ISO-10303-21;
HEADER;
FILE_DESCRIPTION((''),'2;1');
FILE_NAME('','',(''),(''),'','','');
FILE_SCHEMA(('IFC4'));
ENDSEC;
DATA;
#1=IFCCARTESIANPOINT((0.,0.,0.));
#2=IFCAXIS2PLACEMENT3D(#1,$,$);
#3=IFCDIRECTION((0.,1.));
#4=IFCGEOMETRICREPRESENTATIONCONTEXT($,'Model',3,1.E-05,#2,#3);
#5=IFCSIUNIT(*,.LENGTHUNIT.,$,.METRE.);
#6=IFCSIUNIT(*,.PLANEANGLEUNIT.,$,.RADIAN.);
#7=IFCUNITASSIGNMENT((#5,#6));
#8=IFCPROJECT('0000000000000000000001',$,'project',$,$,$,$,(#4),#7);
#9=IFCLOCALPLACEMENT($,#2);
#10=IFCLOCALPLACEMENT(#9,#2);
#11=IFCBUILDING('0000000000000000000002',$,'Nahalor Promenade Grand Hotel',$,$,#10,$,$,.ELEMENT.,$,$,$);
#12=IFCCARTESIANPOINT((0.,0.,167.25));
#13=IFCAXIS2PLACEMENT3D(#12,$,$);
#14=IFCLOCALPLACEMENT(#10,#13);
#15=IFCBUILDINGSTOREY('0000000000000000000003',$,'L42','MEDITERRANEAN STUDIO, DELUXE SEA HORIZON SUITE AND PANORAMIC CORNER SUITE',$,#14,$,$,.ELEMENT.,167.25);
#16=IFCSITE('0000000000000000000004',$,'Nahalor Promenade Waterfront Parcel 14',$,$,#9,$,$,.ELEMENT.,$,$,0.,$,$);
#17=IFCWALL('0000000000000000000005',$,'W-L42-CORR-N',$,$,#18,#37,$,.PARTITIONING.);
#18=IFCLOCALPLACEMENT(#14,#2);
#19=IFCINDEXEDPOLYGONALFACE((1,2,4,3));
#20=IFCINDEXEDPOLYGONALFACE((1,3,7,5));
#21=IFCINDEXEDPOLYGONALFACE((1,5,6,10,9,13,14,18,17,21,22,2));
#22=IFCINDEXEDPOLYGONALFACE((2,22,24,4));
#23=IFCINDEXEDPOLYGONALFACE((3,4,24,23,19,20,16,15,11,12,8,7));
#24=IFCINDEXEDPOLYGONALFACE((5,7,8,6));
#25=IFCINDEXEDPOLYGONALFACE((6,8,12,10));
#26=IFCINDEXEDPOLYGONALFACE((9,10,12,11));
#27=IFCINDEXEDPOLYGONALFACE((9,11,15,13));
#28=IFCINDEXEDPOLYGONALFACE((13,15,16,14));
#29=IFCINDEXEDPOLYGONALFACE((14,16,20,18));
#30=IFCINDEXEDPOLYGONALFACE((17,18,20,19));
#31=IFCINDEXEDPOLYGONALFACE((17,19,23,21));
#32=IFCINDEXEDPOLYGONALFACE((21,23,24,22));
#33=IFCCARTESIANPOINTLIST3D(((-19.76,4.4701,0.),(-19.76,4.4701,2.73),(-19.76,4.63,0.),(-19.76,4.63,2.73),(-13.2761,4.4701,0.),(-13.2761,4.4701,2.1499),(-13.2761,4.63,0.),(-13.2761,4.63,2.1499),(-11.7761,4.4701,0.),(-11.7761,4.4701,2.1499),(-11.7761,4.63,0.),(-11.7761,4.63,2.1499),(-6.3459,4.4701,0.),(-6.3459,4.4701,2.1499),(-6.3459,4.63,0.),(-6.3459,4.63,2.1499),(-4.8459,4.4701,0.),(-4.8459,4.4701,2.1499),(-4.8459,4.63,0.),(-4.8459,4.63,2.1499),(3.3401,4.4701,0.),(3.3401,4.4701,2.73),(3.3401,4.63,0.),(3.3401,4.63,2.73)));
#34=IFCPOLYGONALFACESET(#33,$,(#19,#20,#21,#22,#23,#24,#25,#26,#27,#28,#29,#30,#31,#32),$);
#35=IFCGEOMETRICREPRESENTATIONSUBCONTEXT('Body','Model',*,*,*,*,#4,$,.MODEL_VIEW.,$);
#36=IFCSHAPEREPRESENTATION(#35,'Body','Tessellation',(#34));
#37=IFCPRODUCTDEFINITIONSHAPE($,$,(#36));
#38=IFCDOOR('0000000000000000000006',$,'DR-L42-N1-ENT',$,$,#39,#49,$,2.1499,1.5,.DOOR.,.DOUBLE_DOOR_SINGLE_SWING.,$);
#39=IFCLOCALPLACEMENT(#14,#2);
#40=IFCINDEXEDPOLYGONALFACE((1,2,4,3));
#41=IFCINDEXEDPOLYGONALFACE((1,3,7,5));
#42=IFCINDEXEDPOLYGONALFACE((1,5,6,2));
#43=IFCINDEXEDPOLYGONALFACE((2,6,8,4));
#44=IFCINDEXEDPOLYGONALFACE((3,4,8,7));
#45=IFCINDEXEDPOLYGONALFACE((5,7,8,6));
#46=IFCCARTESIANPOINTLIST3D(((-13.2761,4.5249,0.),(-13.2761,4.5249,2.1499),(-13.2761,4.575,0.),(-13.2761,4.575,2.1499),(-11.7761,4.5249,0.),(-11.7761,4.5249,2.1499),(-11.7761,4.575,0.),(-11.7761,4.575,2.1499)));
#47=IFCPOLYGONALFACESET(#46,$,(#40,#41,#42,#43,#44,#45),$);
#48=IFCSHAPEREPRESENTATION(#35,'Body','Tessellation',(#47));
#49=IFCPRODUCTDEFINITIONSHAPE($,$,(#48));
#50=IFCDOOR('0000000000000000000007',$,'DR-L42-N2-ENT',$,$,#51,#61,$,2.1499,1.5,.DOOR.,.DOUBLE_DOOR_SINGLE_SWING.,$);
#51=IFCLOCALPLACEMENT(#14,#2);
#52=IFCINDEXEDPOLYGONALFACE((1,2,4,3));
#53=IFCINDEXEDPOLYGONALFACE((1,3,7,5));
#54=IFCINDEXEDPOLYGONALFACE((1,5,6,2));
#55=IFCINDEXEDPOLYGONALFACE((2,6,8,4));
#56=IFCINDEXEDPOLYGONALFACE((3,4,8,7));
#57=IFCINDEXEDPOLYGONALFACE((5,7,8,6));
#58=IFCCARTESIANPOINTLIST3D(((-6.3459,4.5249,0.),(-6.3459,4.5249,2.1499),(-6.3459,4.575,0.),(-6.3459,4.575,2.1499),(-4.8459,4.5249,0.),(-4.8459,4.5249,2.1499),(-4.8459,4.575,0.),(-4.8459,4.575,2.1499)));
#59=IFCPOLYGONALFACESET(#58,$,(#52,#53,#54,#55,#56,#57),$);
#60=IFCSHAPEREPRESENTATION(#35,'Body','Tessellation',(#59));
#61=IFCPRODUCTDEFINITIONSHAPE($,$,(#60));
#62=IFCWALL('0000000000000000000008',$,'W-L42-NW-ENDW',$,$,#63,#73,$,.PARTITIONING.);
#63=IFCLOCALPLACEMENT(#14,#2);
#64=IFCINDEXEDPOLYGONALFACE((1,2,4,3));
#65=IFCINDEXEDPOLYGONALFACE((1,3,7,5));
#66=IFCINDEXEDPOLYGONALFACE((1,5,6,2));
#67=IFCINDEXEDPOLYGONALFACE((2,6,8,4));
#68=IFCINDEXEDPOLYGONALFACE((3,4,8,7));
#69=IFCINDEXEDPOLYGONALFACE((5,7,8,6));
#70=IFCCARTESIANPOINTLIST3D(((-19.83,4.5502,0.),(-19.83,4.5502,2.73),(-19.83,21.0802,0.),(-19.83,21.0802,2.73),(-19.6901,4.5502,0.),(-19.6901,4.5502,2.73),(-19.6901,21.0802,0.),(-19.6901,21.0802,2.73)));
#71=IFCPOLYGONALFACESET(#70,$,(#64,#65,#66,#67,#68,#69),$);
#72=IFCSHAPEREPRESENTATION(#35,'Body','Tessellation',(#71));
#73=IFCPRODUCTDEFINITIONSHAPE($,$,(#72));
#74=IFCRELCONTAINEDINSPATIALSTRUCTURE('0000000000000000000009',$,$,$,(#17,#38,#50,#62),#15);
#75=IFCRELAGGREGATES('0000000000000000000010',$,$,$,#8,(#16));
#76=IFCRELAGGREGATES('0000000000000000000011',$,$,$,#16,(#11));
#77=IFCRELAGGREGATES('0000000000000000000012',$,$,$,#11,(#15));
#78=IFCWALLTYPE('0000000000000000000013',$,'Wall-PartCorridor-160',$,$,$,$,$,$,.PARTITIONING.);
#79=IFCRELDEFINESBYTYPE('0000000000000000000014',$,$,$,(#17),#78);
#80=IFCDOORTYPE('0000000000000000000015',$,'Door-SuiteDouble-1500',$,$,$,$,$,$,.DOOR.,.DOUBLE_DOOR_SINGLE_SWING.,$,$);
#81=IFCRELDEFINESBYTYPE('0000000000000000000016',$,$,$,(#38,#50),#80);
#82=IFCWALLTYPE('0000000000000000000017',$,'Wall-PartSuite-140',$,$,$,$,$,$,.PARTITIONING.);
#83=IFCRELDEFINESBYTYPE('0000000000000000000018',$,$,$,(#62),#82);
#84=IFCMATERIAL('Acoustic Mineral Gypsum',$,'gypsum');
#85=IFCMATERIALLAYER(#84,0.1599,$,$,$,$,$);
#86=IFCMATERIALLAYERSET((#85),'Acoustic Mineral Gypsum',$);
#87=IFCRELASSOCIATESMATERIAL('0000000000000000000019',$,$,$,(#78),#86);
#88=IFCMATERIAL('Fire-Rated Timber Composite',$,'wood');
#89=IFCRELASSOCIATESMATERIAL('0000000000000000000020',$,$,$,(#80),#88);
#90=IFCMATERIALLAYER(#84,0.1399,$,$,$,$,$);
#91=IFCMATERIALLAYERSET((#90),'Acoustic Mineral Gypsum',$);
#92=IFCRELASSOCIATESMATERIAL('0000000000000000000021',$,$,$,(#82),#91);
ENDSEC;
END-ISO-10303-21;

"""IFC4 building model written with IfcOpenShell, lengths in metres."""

from ifc_helpers import new_model, si_unit, direction, frame, frame_2d, origin, place, context, subcontext, project, spatial, rectangle, extrude, source, transform, mapped, material, layer, layer_set, type_object, element, fill, save


model = new_model("IFC4")

# Units and contexts
model_context = context("Model", 3, precision=1e-05, world=origin(), true_north=direction((0.0, 1.0)))
body_context = subcontext(model_context, "Body", "Model", "MODEL_VIEW")
ifc_project = project(units=[si_unit("LENGTHUNIT", "METRE"), si_unit("PLANEANGLEUNIT", "RADIAN")], contexts=[model_context])

# Site, building, storey
site_placement = place(None, origin())
site = spatial("IfcSite", under=ifc_project, at=site_placement, Name="Nahalor Promenade Waterfront Parcel 14", CompositionType="ELEMENT", RefElevation=0.0)
building_placement = place(site_placement, origin())
building = spatial("IfcBuilding", under=site, at=building_placement, Name="Nahalor Promenade Grand Hotel", CompositionType="ELEMENT")
storey_placement = place(building_placement, frame((0.0, 0.0, 167.25)))
storey = spatial("IfcBuildingStorey", under=building, at=storey_placement, Name="L42", Description="MEDITERRANEAN STUDIO, DELUXE SEA HORIZON SUITE AND PANORAMIC CORNER SUITE", CompositionType="ELEMENT", Elevation=167.25)

# Wall, openings, doors
ifc_material_1 = material(Name="Acoustic Mineral Gypsum", Category="gypsum")
ifc_layer_1 = layer(ifc_material_1, 0.1599)
ifc_layer_set_1 = layer_set([ifc_layer_1], Name="Acoustic Mineral Gypsum")
wall_type_1 = type_object("IfcWallType", Name="Wall-PartCorridor-160", PredefinedType="PARTITIONING", material=ifc_layer_set_1)
shared_shape_1 = source(origin(), body_context, "Body", "SweptSolid", [
    extrude(rectangle(XDim=23.1001, YDim=0.1599, at=frame_2d((11.55, 0.0))), origin(), (0.0, 0.0, 1.0), 2.73),
])
wall_1_placement = place(storey_placement, frame((-19.76, 4.55, 0.0), z_axis=(0.0, 0.0, 1.0), x_axis=(1.0, 0.0, 0.0)))
wall_1 = element("IfcWall", 1, at=wall_1_placement, inside=storey, type_object=wall_type_1, Name="W-L42-CORR-N", PredefinedType="PARTITIONING", context=body_context, shape_type="MappedRepresentation", body=[
    mapped(shared_shape_1, transform((0.0, 0.0, 0.0), scale=1.0)),
])
opening_1_placement = place(wall_1_placement, frame((6.4839, 0.0, 0.0)))
opening_1 = element("IfcOpeningElement", 2, at=opening_1_placement, cuts=wall_1, PredefinedType="OPENING", context=body_context, shape_type="SweptSolid", body=[
    extrude(rectangle(XDim=1.5, YDim=2.1499, at=frame_2d((0.75, 1.075))), frame((0.0, 0.0898, 0.0), z_axis=(0.0, -1.0, 0.0), x_axis=(1.0, 0.0, 0.0)), (0.0, 0.0, 1.0), 0.1799),
])
opening_2_placement = place(wall_1_placement, frame((13.4141, 0.0, 0.0)))
opening_2 = element("IfcOpeningElement", 3, at=opening_2_placement, cuts=wall_1, PredefinedType="OPENING", context=body_context, shape_type="SweptSolid", body=[
    extrude(rectangle(XDim=1.5, YDim=2.1499, at=frame_2d((0.75, 1.075))), frame((0.0, 0.0898, 0.0), z_axis=(0.0, -1.0, 0.0), x_axis=(1.0, 0.0, 0.0)), (0.0, 0.0, 1.0), 0.1799),
])
ifc_material_2 = material(Name="Fire-Rated Timber Composite", Category="wood")
door_type_1 = type_object("IfcDoorType", Name="Door-SuiteDouble-1500", OperationType="DOUBLE_DOOR_SINGLE_SWING", PredefinedType="DOOR", material=ifc_material_2)
shared_shape_2 = source(origin(), body_context, "Body", "SweptSolid", [
    extrude(rectangle(XDim=1.5, YDim=2.1499, at=frame_2d((0.75, 1.075))), frame((0.0, 0.0249, 0.0), z_axis=(0.0, -1.0, 0.0), x_axis=(1.0, 0.0, 0.0)), (0.0, 0.0, 1.0), 0.05),
])
door_1_placement = place(opening_1_placement, origin())
door_1 = element("IfcDoor", 4, at=door_1_placement, inside=storey, type_object=door_type_1, Name="DR-L42-N1-ENT", OperationType="DOUBLE_DOOR_SINGLE_SWING", OverallHeight=2.1499, OverallWidth=1.5, PredefinedType="DOOR", context=body_context, shape_type="MappedRepresentation", body=[
    mapped(shared_shape_2, transform((0.0, 0.0, 0.0), scale=1.0)),
])
fill(opening_1, door_1)
door_2_placement = place(opening_2_placement, origin())
door_2 = element("IfcDoor", 5, at=door_2_placement, inside=storey, type_object=door_type_1, Name="DR-L42-N2-ENT", OperationType="DOUBLE_DOOR_SINGLE_SWING", OverallHeight=2.1499, OverallWidth=1.5, PredefinedType="DOOR", context=body_context, shape_type="MappedRepresentation", body=[
    mapped(shared_shape_2, transform((0.0, 0.0, 0.0), scale=1.0)),
])
fill(opening_2, door_2)

# Wall
ifc_layer_2 = layer(ifc_material_1, 0.1399)
ifc_layer_set_2 = layer_set([ifc_layer_2], Name="Acoustic Mineral Gypsum")
wall_type_2 = type_object("IfcWallType", Name="Wall-PartSuite-140", PredefinedType="PARTITIONING", material=ifc_layer_set_2)
shared_shape_3 = source(origin(), body_context, "Body", "SweptSolid", [
    extrude(rectangle(XDim=16.53, YDim=0.1399, at=frame_2d((8.2651, 0.0))), origin(), (0.0, 0.0, 1.0), 2.73),
])
wall_2_placement = place(storey_placement, frame((-19.76, 4.55, 0.0), z_axis=(0.0, 0.0, 1.0), x_axis=(0.0, 1.0, 0.0)))
element("IfcWall", 6, at=wall_2_placement, inside=storey, type_object=wall_type_2, Name="W-L42-NW-ENDW", PredefinedType="PARTITIONING", context=body_context, shape_type="MappedRepresentation", body=[
    mapped(shared_shape_3, transform((0.0, 0.0, 0.0), scale=1.0)),
])

save(model, "model.ifc")
